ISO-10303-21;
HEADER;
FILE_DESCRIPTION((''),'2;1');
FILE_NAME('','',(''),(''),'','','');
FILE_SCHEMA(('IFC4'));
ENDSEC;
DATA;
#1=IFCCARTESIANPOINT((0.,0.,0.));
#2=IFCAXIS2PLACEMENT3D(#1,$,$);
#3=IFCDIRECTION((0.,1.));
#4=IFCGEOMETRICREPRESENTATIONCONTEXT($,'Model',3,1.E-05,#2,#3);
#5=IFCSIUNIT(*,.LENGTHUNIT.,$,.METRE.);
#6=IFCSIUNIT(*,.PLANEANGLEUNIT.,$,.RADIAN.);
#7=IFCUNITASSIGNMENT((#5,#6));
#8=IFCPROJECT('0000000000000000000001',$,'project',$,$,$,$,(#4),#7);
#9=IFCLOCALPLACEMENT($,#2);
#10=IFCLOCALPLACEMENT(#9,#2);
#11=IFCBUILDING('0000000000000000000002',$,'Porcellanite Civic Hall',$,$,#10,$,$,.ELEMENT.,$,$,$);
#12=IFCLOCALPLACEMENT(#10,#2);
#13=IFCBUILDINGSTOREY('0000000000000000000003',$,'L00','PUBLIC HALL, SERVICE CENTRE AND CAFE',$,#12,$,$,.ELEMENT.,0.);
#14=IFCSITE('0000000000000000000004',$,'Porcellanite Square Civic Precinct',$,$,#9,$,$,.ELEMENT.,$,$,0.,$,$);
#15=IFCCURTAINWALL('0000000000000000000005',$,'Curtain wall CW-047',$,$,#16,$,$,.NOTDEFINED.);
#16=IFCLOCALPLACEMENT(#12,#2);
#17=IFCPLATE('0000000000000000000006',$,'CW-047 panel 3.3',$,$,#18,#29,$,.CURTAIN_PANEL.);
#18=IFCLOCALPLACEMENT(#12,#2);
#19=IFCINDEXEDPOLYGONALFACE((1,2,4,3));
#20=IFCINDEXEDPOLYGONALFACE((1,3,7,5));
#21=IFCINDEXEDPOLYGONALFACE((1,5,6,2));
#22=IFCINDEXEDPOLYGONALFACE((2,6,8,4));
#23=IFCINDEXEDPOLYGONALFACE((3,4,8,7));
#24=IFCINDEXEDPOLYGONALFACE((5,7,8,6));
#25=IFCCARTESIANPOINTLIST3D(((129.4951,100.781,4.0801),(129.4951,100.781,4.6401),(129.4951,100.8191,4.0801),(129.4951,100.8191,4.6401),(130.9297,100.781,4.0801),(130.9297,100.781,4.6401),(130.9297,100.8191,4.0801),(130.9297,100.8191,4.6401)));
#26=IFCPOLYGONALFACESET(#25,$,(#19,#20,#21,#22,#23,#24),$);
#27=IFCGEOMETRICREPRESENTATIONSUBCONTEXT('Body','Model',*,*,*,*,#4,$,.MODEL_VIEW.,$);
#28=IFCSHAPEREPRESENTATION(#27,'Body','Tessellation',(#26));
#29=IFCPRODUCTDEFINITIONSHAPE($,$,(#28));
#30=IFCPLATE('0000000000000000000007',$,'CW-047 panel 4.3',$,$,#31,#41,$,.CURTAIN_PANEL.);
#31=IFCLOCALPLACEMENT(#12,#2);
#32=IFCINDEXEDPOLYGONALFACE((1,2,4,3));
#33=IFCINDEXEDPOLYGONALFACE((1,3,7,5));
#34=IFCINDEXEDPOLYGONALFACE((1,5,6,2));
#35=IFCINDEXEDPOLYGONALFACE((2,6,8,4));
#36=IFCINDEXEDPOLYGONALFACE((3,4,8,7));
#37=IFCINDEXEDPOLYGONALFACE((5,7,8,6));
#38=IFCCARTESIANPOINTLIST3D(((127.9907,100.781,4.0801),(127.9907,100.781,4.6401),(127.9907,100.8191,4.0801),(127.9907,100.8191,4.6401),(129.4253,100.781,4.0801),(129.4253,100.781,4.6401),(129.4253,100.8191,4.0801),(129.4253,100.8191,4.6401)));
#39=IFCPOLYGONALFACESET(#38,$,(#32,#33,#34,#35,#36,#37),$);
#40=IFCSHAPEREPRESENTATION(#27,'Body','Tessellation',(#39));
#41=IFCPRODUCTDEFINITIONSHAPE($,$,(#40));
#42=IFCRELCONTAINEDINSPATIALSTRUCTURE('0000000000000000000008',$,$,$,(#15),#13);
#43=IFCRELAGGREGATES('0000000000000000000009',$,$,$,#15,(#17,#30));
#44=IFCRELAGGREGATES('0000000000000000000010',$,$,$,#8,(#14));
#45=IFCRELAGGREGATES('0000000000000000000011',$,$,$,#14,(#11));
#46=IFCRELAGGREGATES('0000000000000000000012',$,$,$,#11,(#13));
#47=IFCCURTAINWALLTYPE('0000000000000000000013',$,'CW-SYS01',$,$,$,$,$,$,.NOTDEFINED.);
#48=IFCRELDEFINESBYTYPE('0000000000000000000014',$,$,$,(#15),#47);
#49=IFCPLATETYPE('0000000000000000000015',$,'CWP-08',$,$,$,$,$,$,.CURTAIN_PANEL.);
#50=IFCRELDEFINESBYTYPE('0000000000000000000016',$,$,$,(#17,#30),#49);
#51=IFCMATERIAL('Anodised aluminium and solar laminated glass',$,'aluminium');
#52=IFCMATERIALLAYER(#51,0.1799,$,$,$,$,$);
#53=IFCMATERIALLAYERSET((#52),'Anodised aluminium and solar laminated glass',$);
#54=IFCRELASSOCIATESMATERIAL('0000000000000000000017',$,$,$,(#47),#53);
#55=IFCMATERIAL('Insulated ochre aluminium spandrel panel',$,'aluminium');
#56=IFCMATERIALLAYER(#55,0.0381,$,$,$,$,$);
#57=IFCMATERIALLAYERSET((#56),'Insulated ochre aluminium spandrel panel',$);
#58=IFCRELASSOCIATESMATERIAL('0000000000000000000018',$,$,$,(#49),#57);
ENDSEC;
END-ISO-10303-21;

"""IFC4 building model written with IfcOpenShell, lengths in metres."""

from ifc_helpers import new_model, si_unit, direction, frame, origin, origin_2d, place, context, subcontext, project, spatial, rectangle, extrude, material, layer, layer_set, type_object, element, aggregate, save


model = new_model("IFC4")

# Units and contexts
model_context = context("Model", 3, precision=1e-05, world=origin(), true_north=direction((0.0, 1.0)))
body_context = subcontext(model_context, "Body", "Model", "MODEL_VIEW")
ifc_project = project(units=[si_unit("LENGTHUNIT", "METRE"), si_unit("PLANEANGLEUNIT", "RADIAN")], contexts=[model_context])

# Site, building, storey
site_placement = place(None, origin())
site = spatial("IfcSite", under=ifc_project, at=site_placement, Name="Porcellanite Square Civic Precinct", CompositionType="ELEMENT", RefElevation=0.0)
building_placement = place(site_placement, origin())
building = spatial("IfcBuilding", under=site, at=building_placement, Name="Porcellanite Civic Hall", CompositionType="ELEMENT")
storey_placement = place(building_placement, origin())
storey = spatial("IfcBuildingStorey", under=building, at=storey_placement, Name="L00", Description="PUBLIC HALL, SERVICE CENTRE AND CAFE", CompositionType="ELEMENT", Elevation=0.0)

# Curtain wall, plates
ifc_material_1 = material(Name="Anodised aluminium and solar laminated glass", Category="aluminium")
ifc_layer_1 = layer(ifc_material_1, 0.1799)
ifc_layer_set_1 = layer_set([ifc_layer_1], Name="Anodised aluminium and solar laminated glass")
curtain_wall_type = type_object("IfcCurtainWallType", Name="CW-SYS01", PredefinedType="NOTDEFINED", material=ifc_layer_set_1)
curtain_wall_placement = place(storey_placement, origin())
curtain_wall = element("IfcCurtainWall", 1, at=curtain_wall_placement, inside=storey, type_object=curtain_wall_type, Name="Curtain wall CW-047", PredefinedType="NOTDEFINED")
ifc_material_2 = material(Name="Insulated ochre aluminium spandrel panel", Category="aluminium")
ifc_layer_2 = layer(ifc_material_2, 0.0381)
ifc_layer_set_2 = layer_set([ifc_layer_2], Name="Insulated ochre aluminium spandrel panel")
plate_type = type_object("IfcPlateType", Name="CWP-08", PredefinedType="CURTAIN_PANEL", material=ifc_layer_set_2)
plate_1_placement = place(storey_placement, frame((130.2124, 100.8, 4.0801), z_axis=(0.0, 0.0, 1.0), x_axis=(-1.0, 0.0, 0.0)))
plate_1 = element("IfcPlate", 2, at=plate_1_placement, type_object=plate_type, Name="CW-047 panel 3.3", PredefinedType="CURTAIN_PANEL", context=body_context, shape_type="SweptSolid", body=[
    extrude(rectangle(XDim=1.4346, YDim=0.0381, at=origin_2d()), origin(), (0.0, 0.0, 1.0), 0.5601),
])
plate_2_placement = place(storey_placement, frame((128.708, 100.8, 4.0801), z_axis=(0.0, 0.0, 1.0), x_axis=(-1.0, 0.0, 0.0)))
plate_2 = element("IfcPlate", 3, at=plate_2_placement, type_object=plate_type, Name="CW-047 panel 4.3", PredefinedType="CURTAIN_PANEL", context=body_context, shape_type="SweptSolid", body=[
    extrude(rectangle(XDim=1.4346, YDim=0.0381, at=origin_2d()), origin(), (0.0, 0.0, 1.0), 0.5601),
])
aggregate(curtain_wall, [plate_1, plate_2])

save(model, "model.ifc")
